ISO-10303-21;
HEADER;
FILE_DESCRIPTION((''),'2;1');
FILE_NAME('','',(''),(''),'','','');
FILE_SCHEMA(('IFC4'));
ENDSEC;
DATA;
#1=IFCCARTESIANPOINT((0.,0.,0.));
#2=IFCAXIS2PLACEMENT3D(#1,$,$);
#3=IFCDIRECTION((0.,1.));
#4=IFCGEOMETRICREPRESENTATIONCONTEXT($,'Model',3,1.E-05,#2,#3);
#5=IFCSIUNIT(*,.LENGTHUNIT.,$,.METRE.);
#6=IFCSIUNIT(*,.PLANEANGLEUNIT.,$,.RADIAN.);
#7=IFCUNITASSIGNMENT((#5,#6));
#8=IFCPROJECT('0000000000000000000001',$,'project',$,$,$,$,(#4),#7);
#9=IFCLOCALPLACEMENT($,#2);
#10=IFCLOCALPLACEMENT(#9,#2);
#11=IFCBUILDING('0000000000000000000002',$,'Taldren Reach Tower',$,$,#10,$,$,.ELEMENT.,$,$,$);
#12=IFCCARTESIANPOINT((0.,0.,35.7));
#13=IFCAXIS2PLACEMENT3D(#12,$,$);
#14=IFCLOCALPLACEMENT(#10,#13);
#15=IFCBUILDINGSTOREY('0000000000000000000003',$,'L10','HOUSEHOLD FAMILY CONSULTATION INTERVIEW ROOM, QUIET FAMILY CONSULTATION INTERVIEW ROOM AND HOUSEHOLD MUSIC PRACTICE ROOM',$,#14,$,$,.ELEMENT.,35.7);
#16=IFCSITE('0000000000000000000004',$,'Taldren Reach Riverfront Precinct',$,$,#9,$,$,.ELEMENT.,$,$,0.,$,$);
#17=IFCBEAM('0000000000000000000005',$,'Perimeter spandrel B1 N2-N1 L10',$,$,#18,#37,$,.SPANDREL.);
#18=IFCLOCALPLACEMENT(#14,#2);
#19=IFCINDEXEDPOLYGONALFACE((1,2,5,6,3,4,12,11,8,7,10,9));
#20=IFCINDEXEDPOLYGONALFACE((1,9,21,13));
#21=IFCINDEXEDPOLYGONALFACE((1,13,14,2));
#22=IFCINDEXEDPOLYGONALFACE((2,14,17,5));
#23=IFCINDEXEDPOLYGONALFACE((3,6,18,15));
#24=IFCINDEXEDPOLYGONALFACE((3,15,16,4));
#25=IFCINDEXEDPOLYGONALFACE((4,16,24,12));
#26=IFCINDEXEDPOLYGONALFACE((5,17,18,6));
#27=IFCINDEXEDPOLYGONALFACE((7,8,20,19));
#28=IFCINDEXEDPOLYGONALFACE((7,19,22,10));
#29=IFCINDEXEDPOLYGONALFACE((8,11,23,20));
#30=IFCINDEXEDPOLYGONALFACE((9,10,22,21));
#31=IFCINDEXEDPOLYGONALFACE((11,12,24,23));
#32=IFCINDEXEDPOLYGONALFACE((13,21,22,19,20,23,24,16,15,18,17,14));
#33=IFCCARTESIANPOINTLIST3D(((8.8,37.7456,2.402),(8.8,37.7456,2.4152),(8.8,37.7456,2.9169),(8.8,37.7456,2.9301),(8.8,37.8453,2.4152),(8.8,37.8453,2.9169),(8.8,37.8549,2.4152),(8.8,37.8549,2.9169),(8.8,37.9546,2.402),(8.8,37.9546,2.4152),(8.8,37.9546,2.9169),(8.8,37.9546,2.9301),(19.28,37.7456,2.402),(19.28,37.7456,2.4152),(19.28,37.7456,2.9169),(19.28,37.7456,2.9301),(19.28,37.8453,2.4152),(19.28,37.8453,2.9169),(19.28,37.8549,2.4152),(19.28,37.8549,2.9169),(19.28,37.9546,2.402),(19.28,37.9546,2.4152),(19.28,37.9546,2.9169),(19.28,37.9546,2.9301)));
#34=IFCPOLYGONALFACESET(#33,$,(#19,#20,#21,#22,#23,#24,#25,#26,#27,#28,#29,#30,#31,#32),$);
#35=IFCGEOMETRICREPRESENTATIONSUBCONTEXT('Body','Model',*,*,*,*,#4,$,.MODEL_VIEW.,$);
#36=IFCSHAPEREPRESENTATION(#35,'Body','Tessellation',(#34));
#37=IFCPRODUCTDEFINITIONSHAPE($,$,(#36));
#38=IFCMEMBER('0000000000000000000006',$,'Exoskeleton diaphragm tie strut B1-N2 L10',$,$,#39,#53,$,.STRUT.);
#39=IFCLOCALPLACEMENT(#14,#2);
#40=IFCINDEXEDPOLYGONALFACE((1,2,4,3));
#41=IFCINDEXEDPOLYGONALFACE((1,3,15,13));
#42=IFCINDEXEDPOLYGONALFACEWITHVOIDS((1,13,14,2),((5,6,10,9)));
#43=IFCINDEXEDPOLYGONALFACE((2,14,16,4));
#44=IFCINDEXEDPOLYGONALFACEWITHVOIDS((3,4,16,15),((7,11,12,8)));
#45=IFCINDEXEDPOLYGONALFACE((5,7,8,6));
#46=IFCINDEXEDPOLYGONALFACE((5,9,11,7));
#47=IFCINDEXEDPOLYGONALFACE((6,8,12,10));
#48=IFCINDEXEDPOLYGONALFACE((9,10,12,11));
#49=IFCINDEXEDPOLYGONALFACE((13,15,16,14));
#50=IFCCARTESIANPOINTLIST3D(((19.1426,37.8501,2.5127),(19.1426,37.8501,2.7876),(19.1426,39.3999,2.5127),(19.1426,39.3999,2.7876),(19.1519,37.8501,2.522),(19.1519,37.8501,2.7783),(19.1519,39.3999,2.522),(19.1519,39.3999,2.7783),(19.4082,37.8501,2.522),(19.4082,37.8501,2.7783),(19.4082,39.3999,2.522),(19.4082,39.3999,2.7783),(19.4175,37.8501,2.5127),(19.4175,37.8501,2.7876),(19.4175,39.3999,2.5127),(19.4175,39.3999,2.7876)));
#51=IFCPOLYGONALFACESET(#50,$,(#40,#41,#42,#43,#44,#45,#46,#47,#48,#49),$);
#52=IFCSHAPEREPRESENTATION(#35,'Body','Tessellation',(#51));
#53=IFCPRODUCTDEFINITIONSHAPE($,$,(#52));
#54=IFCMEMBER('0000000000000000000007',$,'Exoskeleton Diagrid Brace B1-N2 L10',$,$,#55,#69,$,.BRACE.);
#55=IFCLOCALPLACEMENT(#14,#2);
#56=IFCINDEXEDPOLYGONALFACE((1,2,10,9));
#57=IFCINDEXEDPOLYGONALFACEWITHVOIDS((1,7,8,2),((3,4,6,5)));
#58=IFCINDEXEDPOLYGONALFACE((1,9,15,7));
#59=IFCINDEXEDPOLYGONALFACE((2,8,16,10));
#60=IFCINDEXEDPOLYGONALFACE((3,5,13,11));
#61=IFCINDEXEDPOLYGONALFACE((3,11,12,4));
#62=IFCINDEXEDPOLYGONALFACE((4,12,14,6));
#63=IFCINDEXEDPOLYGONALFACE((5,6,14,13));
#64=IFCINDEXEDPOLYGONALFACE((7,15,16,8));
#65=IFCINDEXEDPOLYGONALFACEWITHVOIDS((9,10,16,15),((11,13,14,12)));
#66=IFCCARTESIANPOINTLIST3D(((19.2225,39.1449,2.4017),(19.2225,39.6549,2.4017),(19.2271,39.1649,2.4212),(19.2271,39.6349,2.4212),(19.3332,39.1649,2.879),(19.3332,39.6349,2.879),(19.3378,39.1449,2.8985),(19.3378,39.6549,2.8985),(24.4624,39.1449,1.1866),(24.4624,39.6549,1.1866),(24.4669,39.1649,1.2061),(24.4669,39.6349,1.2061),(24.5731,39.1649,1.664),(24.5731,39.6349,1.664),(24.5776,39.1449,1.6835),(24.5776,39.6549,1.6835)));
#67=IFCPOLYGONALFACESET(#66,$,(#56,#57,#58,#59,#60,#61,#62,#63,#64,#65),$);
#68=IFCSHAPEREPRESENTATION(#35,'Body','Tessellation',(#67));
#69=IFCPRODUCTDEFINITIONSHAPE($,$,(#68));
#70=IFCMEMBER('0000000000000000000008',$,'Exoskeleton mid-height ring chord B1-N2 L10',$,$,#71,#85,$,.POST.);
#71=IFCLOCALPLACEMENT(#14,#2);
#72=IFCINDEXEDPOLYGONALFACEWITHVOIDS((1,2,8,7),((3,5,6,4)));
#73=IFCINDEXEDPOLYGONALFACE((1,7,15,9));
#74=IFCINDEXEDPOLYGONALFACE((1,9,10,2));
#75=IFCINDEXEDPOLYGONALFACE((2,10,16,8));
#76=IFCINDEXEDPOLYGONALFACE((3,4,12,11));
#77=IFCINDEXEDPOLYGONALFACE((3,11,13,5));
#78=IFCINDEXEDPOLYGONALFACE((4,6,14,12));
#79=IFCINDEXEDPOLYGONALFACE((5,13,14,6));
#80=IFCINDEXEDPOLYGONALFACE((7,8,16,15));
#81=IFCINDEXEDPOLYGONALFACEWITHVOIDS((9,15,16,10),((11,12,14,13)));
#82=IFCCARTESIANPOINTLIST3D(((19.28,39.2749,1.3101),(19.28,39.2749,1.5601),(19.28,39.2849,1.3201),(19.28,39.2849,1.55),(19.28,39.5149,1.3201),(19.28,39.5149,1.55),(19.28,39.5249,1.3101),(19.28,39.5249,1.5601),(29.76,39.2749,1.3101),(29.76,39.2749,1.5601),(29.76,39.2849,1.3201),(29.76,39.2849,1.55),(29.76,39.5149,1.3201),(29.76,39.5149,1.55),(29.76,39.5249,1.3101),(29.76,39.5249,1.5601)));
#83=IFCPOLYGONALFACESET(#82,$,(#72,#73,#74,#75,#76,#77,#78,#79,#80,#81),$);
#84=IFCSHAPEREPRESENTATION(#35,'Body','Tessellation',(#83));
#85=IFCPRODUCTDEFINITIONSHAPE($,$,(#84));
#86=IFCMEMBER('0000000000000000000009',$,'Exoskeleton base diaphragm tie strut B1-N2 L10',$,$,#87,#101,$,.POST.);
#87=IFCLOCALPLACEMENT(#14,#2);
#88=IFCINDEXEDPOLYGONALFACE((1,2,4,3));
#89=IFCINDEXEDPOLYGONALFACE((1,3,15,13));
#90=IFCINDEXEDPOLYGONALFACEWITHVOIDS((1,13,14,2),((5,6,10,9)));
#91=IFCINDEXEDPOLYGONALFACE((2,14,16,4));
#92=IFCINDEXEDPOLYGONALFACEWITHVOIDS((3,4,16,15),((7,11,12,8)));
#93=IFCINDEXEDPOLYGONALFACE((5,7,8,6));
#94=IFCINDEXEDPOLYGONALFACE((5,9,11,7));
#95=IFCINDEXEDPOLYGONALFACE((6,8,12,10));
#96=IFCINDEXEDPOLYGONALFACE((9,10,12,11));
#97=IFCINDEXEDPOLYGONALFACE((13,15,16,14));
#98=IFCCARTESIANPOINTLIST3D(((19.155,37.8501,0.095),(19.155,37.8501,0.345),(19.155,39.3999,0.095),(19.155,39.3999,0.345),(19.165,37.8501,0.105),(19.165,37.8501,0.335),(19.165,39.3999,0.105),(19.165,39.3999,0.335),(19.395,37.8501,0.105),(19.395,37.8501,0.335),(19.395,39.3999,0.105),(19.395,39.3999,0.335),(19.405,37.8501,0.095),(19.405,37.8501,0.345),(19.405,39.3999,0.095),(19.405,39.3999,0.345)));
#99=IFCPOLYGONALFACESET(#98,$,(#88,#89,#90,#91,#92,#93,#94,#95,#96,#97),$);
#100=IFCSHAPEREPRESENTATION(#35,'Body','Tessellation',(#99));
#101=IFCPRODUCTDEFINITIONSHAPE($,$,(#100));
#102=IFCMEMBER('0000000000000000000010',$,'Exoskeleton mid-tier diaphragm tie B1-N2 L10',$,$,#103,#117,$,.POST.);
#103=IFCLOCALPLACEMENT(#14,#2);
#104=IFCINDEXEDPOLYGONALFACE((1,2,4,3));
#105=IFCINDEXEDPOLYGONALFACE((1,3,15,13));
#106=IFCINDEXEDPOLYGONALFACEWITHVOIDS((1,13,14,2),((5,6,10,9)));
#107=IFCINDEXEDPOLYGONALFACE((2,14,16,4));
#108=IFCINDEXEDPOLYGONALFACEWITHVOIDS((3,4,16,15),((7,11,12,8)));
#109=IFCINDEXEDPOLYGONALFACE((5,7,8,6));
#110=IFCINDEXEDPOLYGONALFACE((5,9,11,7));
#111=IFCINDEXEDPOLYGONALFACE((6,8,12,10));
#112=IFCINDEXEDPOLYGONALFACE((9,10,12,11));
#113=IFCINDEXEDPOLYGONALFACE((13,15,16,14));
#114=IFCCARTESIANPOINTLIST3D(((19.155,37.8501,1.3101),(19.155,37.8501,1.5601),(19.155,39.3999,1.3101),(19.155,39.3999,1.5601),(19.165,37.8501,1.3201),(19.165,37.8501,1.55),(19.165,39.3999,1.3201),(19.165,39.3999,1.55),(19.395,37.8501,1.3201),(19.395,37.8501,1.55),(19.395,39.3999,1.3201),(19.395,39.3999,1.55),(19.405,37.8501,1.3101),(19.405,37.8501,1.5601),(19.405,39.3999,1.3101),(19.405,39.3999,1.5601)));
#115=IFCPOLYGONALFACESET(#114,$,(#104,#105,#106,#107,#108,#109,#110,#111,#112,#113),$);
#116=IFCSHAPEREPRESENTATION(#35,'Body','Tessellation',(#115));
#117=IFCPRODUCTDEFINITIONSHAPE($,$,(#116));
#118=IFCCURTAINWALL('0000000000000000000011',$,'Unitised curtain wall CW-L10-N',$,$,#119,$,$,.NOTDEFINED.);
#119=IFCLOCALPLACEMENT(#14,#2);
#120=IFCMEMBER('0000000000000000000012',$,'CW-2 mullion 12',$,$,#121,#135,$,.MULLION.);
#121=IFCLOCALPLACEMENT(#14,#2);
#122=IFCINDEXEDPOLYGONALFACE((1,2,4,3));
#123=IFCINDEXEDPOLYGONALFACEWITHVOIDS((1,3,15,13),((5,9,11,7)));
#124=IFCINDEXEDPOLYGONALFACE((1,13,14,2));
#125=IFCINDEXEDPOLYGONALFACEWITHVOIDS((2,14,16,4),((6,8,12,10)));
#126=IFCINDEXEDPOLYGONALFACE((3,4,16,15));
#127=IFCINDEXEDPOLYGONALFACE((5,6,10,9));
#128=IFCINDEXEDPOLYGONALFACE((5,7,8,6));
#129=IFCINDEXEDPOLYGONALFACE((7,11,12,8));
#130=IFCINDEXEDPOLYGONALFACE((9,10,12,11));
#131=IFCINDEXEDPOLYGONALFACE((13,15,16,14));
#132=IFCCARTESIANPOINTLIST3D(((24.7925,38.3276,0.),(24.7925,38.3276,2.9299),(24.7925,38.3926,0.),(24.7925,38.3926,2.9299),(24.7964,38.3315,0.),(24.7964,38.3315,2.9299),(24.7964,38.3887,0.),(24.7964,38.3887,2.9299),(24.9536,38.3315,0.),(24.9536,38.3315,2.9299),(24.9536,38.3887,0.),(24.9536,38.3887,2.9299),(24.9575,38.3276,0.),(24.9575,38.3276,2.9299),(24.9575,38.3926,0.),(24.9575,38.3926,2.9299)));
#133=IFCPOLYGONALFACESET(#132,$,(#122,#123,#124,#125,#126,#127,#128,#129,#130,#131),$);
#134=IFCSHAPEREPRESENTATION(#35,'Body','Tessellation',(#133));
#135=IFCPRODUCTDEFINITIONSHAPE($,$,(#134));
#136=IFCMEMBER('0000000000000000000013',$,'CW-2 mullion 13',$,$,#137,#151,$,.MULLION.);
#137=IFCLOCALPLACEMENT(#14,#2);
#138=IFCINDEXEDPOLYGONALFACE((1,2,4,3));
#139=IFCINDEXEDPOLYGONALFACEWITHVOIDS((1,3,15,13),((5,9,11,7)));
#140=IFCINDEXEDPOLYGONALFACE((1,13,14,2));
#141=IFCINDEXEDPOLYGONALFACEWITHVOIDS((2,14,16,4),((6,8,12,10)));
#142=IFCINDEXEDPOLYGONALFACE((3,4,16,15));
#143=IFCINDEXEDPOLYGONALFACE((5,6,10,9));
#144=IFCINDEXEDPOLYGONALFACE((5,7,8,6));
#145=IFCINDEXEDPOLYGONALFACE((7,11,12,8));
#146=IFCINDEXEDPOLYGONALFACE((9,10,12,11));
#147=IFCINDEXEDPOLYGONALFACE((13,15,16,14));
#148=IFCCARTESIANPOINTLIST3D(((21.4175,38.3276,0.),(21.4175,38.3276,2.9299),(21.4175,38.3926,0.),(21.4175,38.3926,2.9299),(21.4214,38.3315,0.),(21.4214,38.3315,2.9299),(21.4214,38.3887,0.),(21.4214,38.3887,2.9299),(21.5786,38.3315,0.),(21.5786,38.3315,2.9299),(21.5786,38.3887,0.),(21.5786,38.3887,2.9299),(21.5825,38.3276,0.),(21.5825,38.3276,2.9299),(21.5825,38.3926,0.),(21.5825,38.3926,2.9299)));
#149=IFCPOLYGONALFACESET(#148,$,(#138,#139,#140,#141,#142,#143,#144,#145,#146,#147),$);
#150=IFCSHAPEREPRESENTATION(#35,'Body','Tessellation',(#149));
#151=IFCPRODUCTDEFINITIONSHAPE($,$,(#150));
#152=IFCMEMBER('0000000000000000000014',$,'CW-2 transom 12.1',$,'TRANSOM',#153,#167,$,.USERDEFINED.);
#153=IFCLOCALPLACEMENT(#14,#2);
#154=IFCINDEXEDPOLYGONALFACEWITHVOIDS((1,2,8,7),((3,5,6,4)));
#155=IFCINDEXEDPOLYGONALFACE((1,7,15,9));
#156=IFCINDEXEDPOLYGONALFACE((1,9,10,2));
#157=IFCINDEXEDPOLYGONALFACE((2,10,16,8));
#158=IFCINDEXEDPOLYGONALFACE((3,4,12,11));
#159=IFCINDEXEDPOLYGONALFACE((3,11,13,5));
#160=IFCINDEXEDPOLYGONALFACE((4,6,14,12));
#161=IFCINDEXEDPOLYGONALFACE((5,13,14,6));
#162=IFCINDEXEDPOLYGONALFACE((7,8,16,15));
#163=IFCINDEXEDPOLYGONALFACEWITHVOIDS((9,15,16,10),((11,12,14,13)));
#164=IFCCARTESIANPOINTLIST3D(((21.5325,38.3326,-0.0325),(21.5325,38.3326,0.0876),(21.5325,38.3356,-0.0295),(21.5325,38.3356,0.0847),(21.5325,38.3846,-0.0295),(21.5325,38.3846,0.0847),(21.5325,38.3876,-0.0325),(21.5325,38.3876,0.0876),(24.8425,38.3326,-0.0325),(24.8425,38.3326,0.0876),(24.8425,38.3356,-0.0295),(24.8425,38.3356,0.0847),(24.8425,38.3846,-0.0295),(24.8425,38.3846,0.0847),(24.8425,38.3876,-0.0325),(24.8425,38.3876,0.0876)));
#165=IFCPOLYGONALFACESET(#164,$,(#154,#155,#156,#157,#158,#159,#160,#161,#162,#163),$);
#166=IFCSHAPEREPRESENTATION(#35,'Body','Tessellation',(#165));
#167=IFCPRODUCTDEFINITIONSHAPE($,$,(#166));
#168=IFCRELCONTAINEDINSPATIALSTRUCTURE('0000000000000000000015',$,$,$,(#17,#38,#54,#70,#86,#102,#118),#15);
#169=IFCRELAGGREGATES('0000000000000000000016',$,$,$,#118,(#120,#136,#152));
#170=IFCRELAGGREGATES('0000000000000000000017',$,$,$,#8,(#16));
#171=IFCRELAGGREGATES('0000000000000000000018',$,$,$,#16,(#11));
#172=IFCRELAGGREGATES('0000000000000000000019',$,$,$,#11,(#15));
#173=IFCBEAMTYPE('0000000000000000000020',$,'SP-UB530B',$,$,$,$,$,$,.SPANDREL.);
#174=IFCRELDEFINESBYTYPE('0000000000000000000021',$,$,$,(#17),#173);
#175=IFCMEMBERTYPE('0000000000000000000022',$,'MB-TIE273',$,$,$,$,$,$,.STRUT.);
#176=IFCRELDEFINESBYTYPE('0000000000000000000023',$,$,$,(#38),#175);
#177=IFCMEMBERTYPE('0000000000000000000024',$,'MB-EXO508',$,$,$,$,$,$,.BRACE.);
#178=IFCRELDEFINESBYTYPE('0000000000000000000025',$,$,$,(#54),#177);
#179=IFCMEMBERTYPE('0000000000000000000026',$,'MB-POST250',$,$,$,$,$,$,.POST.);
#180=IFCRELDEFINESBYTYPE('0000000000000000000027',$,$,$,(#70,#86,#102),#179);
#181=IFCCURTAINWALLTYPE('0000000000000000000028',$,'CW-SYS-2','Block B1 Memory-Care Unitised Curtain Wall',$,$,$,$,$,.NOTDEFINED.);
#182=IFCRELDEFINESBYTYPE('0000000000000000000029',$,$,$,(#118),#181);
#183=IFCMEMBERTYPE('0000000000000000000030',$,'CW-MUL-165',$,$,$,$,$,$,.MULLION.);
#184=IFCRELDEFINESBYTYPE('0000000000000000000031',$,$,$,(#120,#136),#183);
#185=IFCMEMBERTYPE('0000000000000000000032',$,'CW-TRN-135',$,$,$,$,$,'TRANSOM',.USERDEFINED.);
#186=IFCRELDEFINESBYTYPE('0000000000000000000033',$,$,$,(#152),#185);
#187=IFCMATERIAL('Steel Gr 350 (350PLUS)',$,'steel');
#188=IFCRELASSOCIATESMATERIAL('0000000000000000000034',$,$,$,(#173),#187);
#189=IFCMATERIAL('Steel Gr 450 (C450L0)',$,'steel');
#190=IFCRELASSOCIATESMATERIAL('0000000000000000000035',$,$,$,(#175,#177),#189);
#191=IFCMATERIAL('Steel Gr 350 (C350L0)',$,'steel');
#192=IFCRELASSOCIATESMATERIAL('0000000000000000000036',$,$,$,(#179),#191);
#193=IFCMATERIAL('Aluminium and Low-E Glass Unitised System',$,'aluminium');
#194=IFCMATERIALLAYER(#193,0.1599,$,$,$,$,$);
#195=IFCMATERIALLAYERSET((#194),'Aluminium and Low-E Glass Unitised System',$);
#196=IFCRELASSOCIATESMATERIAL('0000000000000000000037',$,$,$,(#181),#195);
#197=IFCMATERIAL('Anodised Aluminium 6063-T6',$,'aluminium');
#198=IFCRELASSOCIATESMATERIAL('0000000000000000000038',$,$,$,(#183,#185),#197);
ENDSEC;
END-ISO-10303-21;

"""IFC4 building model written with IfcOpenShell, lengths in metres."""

from ifc_helpers import new_model, si_unit, direction, frame, origin, origin_2d, place, context, subcontext, project, spatial, hollow_rectangle, i_section, extrude, source, transform, mapped, material, layer, layer_set, material_profile, profile_set, type_object, element, aggregate, save


model = new_model("IFC4")

# Units and contexts
model_context = context("Model", 3, precision=1e-05, world=origin(), true_north=direction((0.0, 1.0)))
body_context = subcontext(model_context, "Body", "Model", "MODEL_VIEW")
ifc_project = project(units=[si_unit("LENGTHUNIT", "METRE"), si_unit("PLANEANGLEUNIT", "RADIAN")], contexts=[model_context])

# Site, building, storey
site_placement = place(None, origin())
site = spatial("IfcSite", under=ifc_project, at=site_placement, Name="Taldren Reach Riverfront Precinct", CompositionType="ELEMENT", RefElevation=0.0)
building_placement = place(site_placement, origin())
building = spatial("IfcBuilding", under=site, at=building_placement, Name="Taldren Reach Tower", CompositionType="ELEMENT")
storey_placement = place(building_placement, frame((0.0, 0.0, 35.7)))
storey = spatial("IfcBuildingStorey", under=building, at=storey_placement, Name="L10", Description="HOUSEHOLD FAMILY CONSULTATION INTERVIEW ROOM, QUIET FAMILY CONSULTATION INTERVIEW ROOM AND HOUSEHOLD MUSIC PRACTICE ROOM", CompositionType="ELEMENT", Elevation=35.7)

# Beam
ifc_material_1 = material(Name="Steel Gr 350 (350PLUS)", Category="steel")
ifc_material_profile_1 = material_profile(ifc_material_1, i_section(OverallWidth=0.209, OverallDepth=0.5281, WebThickness=0.0095, FlangeThickness=0.0132, at=origin_2d()), Name="530UB82.0")
ifc_profile_set_1 = profile_set([ifc_material_profile_1], Name="Steel Gr 350 (350PLUS)")
beam_type = type_object("IfcBeamType", Name="SP-UB530B", PredefinedType="SPANDREL", material=ifc_profile_set_1)
shared_shape_1 = source(origin(), body_context, "Body", "SweptSolid", [
    extrude(i_section(OverallWidth=0.209, OverallDepth=0.5281, WebThickness=0.0095, FlangeThickness=0.0132, at=origin_2d()), origin(), (0.0, 0.0, 1.0), 10.48),
])
beam_placement = place(storey_placement, frame((19.28, 37.8501, 2.666), z_axis=(-1.0, 0.0, 0.0), x_axis=(0.0, -1.0, 0.0)))
element("IfcBeam", 1, at=beam_placement, inside=storey, type_object=beam_type, Name="Perimeter spandrel B1 N2-N1 L10", PredefinedType="SPANDREL", context=body_context, shape_type="MappedRepresentation", body=[
    mapped(shared_shape_1, transform((0.0, 0.0, 0.0), scale=1.0)),
])

# Members
ifc_material_2 = material(Name="Steel Gr 450 (C450L0)", Category="steel")
ifc_material_profile_2 = material_profile(ifc_material_2, hollow_rectangle(XDim=0.2749, YDim=0.2749, WallThickness=0.0093, at=origin_2d()), Name="275x275x9.3SHS")
ifc_profile_set_2 = profile_set([ifc_material_profile_2], Name="Steel Gr 450 (C450L0)")
member_type_1 = type_object("IfcMemberType", Name="MB-TIE273", PredefinedType="STRUT", material=ifc_profile_set_2)
shared_shape_2 = source(origin(), body_context, "Body", "SweptSolid", [
    extrude(hollow_rectangle(XDim=0.2749, YDim=0.2749, WallThickness=0.0093, at=origin_2d()), origin(), (0.0, 0.0, 1.0), 1.5498),
])
member_1_placement = place(storey_placement, frame((19.28, 37.8501, 2.6501), z_axis=(0.0, 1.0, 0.0), x_axis=(-1.0, 0.0, 0.0)))
element("IfcMember", 2, at=member_1_placement, inside=storey, type_object=member_type_1, Name="Exoskeleton diaphragm tie strut B1-N2 L10", PredefinedType="STRUT", context=body_context, shape_type="MappedRepresentation", body=[
    mapped(shared_shape_2, transform((0.0, 0.0, 0.0), scale=1.0)),
])
ifc_material_profile_3 = material_profile(ifc_material_2, hollow_rectangle(XDim=0.51, YDim=0.51, WallThickness=0.02, at=origin_2d()), Name="510x510x20.0SHS")
ifc_profile_set_3 = profile_set([ifc_material_profile_3], Name="Steel Gr 450 (C450L0)")
member_type_2 = type_object("IfcMemberType", Name="MB-EXO508", PredefinedType="BRACE", material=ifc_profile_set_3)
shared_shape_3 = source(origin(), body_context, "Body", "SweptSolid", [
    extrude(hollow_rectangle(XDim=0.51, YDim=0.51, WallThickness=0.02, at=origin_2d()), origin(), (0.0, 0.0, 1.0), 5.3789),
])
member_2_placement = place(storey_placement, frame((24.52, 39.3999, 1.4351), z_axis=(-0.974152, 0.0, 0.225894), x_axis=(0.0, -1.0, 0.0)))
element("IfcMember", 3, at=member_2_placement, inside=storey, type_object=member_type_2, Name="Exoskeleton Diagrid Brace B1-N2 L10", PredefinedType="BRACE", context=body_context, shape_type="MappedRepresentation", body=[
    mapped(shared_shape_3, transform((0.0, 0.0, 0.0), scale=1.0)),
])
ifc_material_3 = material(Name="Steel Gr 350 (C350L0)", Category="steel")
ifc_material_profile_4 = material_profile(ifc_material_3, hollow_rectangle(XDim=0.25, YDim=0.25, WallThickness=0.01, at=origin_2d()), Name="250x250x10.0SHS")
ifc_profile_set_4 = profile_set([ifc_material_profile_4], Name="Steel Gr 350 (C350L0)")
member_type_3 = type_object("IfcMemberType", Name="MB-POST250", PredefinedType="POST", material=ifc_profile_set_4)
shared_shape_4 = source(origin(), body_context, "Body", "SweptSolid", [
    extrude(hollow_rectangle(XDim=0.25, YDim=0.25, WallThickness=0.01, at=origin_2d()), origin(), (0.0, 0.0, 1.0), 10.48),
])
member_3_placement = place(storey_placement, frame((19.28, 39.3999, 1.4351), z_axis=(1.0, 0.0, 0.0), x_axis=(0.0, 1.0, 0.0)))
element("IfcMember", 4, at=member_3_placement, inside=storey, type_object=member_type_3, Name="Exoskeleton mid-height ring chord B1-N2 L10", PredefinedType="POST", context=body_context, shape_type="MappedRepresentation", body=[
    mapped(shared_shape_4, transform((0.0, 0.0, 0.0), scale=1.0)),
])
shared_shape_5 = source(origin(), body_context, "Body", "SweptSolid", [
    extrude(hollow_rectangle(XDim=0.25, YDim=0.25, WallThickness=0.01, at=origin_2d()), origin(), (0.0, 0.0, 1.0), 1.5498),
])
for number, where, z_axis, x_axis, name in (
    (5, (19.28, 37.8501, 0.22), (0.0, 1.0, 0.0), (-1.0, 0.0, 0.0), "Exoskeleton base diaphragm tie strut B1-N2 L10"),
    (6, (19.28, 37.8501, 1.4351), (0.0, 1.0, 0.0), (-1.0, 0.0, 0.0), "Exoskeleton mid-tier diaphragm tie B1-N2 L10"),
):
    element("IfcMember", number, at=place(storey_placement, frame(where, z_axis=z_axis, x_axis=x_axis)), inside=storey, type_object=member_type_3, Name=name, PredefinedType="POST", context=body_context, shape_type="MappedRepresentation", body=[
        mapped(shared_shape_5, transform((0.0, 0.0, 0.0), scale=1.0)),
    ])

# Curtain wall, members
ifc_material_4 = material(Name="Aluminium and Low-E Glass Unitised System", Category="aluminium")
ifc_layer_1 = layer(ifc_material_4, 0.1599)
ifc_layer_set_1 = layer_set([ifc_layer_1], Name="Aluminium and Low-E Glass Unitised System")
curtain_wall_type = type_object("IfcCurtainWallType", Name="CW-SYS-2", Description="Block B1 Memory-Care Unitised Curtain Wall", PredefinedType="NOTDEFINED", material=ifc_layer_set_1)
curtain_wall_placement = place(storey_placement, origin())
curtain_wall = element("IfcCurtainWall", 7, at=curtain_wall_placement, inside=storey, type_object=curtain_wall_type, Name="Unitised curtain wall CW-L10-N", PredefinedType="NOTDEFINED")
ifc_material_5 = material(Name="Anodised Aluminium 6063-T6", Category="aluminium")
ifc_material_profile_5 = material_profile(ifc_material_5, hollow_rectangle(XDim=0.0649, YDim=0.165, WallThickness=0.0039, at=origin_2d()), Name="ALU-165x65x4RHS")
ifc_profile_set_5 = profile_set([ifc_material_profile_5], Name="Anodised Aluminium 6063-T6")
member_type_4 = type_object("IfcMemberType", Name="CW-MUL-165", PredefinedType="MULLION", material=ifc_profile_set_5)
shared_shape_6 = source(origin(), body_context, "Body", "SweptSolid", [
    extrude(hollow_rectangle(XDim=0.0649, YDim=0.165, WallThickness=0.0039, at=origin_2d()), origin(), (0.0, 0.0, 1.0), 2.9299),
])
member_4_placement = place(storey_placement, frame((24.875, 38.3601, 0.0), z_axis=(0.0, 0.0, 1.0), x_axis=(0.0, -1.0, 0.0)))
member_4 = element("IfcMember", 8, at=member_4_placement, type_object=member_type_4, Name="CW-2 mullion 12", PredefinedType="MULLION", context=body_context, shape_type="MappedRepresentation", body=[
    mapped(shared_shape_6, transform((0.0, 0.0, 0.0), scale=1.0)),
])
member_5_placement = place(storey_placement, frame((21.5, 38.3601, 0.0), z_axis=(0.0, 0.0, 1.0), x_axis=(0.0, -1.0, 0.0)))
member_5 = element("IfcMember", 9, at=member_5_placement, type_object=member_type_4, Name="CW-2 mullion 13", PredefinedType="MULLION", context=body_context, shape_type="MappedRepresentation", body=[
    mapped(shared_shape_6, transform((0.0, 0.0, 0.0), scale=1.0)),
])
ifc_material_profile_6 = material_profile(ifc_material_5, hollow_rectangle(XDim=0.0549, YDim=0.1201, WallThickness=0.0029, at=origin_2d()), Name="ALU-120x55x3RHS")
ifc_profile_set_6 = profile_set([ifc_material_profile_6], Name="Anodised Aluminium 6063-T6")
member_type_5 = type_object("IfcMemberType", Name="CW-TRN-135", ElementType="TRANSOM", PredefinedType="USERDEFINED", material=ifc_profile_set_6)
shared_shape_7 = source(origin(), body_context, "Body", "SweptSolid", [
    extrude(hollow_rectangle(XDim=0.0549, YDim=0.1201, WallThickness=0.0029, at=origin_2d()), origin(), (0.0, 0.0, 1.0), 3.3101),
])
member_6_placement = place(storey_placement, frame((24.8425, 38.3601, 0.0276), z_axis=(-1.0, 0.0, 0.0), x_axis=(0.0, -1.0, 0.0)))
member_6 = element("IfcMember", 10, at=member_6_placement, type_object=member_type_5, Name="CW-2 transom 12.1", ObjectType="TRANSOM", PredefinedType="USERDEFINED", context=body_context, shape_type="MappedRepresentation", body=[
    mapped(shared_shape_7, transform((0.0, 0.0, 0.0), scale=1.0)),
])

aggregate(curtain_wall, [member_4, member_5, member_6])

save(model, "model.ifc")
